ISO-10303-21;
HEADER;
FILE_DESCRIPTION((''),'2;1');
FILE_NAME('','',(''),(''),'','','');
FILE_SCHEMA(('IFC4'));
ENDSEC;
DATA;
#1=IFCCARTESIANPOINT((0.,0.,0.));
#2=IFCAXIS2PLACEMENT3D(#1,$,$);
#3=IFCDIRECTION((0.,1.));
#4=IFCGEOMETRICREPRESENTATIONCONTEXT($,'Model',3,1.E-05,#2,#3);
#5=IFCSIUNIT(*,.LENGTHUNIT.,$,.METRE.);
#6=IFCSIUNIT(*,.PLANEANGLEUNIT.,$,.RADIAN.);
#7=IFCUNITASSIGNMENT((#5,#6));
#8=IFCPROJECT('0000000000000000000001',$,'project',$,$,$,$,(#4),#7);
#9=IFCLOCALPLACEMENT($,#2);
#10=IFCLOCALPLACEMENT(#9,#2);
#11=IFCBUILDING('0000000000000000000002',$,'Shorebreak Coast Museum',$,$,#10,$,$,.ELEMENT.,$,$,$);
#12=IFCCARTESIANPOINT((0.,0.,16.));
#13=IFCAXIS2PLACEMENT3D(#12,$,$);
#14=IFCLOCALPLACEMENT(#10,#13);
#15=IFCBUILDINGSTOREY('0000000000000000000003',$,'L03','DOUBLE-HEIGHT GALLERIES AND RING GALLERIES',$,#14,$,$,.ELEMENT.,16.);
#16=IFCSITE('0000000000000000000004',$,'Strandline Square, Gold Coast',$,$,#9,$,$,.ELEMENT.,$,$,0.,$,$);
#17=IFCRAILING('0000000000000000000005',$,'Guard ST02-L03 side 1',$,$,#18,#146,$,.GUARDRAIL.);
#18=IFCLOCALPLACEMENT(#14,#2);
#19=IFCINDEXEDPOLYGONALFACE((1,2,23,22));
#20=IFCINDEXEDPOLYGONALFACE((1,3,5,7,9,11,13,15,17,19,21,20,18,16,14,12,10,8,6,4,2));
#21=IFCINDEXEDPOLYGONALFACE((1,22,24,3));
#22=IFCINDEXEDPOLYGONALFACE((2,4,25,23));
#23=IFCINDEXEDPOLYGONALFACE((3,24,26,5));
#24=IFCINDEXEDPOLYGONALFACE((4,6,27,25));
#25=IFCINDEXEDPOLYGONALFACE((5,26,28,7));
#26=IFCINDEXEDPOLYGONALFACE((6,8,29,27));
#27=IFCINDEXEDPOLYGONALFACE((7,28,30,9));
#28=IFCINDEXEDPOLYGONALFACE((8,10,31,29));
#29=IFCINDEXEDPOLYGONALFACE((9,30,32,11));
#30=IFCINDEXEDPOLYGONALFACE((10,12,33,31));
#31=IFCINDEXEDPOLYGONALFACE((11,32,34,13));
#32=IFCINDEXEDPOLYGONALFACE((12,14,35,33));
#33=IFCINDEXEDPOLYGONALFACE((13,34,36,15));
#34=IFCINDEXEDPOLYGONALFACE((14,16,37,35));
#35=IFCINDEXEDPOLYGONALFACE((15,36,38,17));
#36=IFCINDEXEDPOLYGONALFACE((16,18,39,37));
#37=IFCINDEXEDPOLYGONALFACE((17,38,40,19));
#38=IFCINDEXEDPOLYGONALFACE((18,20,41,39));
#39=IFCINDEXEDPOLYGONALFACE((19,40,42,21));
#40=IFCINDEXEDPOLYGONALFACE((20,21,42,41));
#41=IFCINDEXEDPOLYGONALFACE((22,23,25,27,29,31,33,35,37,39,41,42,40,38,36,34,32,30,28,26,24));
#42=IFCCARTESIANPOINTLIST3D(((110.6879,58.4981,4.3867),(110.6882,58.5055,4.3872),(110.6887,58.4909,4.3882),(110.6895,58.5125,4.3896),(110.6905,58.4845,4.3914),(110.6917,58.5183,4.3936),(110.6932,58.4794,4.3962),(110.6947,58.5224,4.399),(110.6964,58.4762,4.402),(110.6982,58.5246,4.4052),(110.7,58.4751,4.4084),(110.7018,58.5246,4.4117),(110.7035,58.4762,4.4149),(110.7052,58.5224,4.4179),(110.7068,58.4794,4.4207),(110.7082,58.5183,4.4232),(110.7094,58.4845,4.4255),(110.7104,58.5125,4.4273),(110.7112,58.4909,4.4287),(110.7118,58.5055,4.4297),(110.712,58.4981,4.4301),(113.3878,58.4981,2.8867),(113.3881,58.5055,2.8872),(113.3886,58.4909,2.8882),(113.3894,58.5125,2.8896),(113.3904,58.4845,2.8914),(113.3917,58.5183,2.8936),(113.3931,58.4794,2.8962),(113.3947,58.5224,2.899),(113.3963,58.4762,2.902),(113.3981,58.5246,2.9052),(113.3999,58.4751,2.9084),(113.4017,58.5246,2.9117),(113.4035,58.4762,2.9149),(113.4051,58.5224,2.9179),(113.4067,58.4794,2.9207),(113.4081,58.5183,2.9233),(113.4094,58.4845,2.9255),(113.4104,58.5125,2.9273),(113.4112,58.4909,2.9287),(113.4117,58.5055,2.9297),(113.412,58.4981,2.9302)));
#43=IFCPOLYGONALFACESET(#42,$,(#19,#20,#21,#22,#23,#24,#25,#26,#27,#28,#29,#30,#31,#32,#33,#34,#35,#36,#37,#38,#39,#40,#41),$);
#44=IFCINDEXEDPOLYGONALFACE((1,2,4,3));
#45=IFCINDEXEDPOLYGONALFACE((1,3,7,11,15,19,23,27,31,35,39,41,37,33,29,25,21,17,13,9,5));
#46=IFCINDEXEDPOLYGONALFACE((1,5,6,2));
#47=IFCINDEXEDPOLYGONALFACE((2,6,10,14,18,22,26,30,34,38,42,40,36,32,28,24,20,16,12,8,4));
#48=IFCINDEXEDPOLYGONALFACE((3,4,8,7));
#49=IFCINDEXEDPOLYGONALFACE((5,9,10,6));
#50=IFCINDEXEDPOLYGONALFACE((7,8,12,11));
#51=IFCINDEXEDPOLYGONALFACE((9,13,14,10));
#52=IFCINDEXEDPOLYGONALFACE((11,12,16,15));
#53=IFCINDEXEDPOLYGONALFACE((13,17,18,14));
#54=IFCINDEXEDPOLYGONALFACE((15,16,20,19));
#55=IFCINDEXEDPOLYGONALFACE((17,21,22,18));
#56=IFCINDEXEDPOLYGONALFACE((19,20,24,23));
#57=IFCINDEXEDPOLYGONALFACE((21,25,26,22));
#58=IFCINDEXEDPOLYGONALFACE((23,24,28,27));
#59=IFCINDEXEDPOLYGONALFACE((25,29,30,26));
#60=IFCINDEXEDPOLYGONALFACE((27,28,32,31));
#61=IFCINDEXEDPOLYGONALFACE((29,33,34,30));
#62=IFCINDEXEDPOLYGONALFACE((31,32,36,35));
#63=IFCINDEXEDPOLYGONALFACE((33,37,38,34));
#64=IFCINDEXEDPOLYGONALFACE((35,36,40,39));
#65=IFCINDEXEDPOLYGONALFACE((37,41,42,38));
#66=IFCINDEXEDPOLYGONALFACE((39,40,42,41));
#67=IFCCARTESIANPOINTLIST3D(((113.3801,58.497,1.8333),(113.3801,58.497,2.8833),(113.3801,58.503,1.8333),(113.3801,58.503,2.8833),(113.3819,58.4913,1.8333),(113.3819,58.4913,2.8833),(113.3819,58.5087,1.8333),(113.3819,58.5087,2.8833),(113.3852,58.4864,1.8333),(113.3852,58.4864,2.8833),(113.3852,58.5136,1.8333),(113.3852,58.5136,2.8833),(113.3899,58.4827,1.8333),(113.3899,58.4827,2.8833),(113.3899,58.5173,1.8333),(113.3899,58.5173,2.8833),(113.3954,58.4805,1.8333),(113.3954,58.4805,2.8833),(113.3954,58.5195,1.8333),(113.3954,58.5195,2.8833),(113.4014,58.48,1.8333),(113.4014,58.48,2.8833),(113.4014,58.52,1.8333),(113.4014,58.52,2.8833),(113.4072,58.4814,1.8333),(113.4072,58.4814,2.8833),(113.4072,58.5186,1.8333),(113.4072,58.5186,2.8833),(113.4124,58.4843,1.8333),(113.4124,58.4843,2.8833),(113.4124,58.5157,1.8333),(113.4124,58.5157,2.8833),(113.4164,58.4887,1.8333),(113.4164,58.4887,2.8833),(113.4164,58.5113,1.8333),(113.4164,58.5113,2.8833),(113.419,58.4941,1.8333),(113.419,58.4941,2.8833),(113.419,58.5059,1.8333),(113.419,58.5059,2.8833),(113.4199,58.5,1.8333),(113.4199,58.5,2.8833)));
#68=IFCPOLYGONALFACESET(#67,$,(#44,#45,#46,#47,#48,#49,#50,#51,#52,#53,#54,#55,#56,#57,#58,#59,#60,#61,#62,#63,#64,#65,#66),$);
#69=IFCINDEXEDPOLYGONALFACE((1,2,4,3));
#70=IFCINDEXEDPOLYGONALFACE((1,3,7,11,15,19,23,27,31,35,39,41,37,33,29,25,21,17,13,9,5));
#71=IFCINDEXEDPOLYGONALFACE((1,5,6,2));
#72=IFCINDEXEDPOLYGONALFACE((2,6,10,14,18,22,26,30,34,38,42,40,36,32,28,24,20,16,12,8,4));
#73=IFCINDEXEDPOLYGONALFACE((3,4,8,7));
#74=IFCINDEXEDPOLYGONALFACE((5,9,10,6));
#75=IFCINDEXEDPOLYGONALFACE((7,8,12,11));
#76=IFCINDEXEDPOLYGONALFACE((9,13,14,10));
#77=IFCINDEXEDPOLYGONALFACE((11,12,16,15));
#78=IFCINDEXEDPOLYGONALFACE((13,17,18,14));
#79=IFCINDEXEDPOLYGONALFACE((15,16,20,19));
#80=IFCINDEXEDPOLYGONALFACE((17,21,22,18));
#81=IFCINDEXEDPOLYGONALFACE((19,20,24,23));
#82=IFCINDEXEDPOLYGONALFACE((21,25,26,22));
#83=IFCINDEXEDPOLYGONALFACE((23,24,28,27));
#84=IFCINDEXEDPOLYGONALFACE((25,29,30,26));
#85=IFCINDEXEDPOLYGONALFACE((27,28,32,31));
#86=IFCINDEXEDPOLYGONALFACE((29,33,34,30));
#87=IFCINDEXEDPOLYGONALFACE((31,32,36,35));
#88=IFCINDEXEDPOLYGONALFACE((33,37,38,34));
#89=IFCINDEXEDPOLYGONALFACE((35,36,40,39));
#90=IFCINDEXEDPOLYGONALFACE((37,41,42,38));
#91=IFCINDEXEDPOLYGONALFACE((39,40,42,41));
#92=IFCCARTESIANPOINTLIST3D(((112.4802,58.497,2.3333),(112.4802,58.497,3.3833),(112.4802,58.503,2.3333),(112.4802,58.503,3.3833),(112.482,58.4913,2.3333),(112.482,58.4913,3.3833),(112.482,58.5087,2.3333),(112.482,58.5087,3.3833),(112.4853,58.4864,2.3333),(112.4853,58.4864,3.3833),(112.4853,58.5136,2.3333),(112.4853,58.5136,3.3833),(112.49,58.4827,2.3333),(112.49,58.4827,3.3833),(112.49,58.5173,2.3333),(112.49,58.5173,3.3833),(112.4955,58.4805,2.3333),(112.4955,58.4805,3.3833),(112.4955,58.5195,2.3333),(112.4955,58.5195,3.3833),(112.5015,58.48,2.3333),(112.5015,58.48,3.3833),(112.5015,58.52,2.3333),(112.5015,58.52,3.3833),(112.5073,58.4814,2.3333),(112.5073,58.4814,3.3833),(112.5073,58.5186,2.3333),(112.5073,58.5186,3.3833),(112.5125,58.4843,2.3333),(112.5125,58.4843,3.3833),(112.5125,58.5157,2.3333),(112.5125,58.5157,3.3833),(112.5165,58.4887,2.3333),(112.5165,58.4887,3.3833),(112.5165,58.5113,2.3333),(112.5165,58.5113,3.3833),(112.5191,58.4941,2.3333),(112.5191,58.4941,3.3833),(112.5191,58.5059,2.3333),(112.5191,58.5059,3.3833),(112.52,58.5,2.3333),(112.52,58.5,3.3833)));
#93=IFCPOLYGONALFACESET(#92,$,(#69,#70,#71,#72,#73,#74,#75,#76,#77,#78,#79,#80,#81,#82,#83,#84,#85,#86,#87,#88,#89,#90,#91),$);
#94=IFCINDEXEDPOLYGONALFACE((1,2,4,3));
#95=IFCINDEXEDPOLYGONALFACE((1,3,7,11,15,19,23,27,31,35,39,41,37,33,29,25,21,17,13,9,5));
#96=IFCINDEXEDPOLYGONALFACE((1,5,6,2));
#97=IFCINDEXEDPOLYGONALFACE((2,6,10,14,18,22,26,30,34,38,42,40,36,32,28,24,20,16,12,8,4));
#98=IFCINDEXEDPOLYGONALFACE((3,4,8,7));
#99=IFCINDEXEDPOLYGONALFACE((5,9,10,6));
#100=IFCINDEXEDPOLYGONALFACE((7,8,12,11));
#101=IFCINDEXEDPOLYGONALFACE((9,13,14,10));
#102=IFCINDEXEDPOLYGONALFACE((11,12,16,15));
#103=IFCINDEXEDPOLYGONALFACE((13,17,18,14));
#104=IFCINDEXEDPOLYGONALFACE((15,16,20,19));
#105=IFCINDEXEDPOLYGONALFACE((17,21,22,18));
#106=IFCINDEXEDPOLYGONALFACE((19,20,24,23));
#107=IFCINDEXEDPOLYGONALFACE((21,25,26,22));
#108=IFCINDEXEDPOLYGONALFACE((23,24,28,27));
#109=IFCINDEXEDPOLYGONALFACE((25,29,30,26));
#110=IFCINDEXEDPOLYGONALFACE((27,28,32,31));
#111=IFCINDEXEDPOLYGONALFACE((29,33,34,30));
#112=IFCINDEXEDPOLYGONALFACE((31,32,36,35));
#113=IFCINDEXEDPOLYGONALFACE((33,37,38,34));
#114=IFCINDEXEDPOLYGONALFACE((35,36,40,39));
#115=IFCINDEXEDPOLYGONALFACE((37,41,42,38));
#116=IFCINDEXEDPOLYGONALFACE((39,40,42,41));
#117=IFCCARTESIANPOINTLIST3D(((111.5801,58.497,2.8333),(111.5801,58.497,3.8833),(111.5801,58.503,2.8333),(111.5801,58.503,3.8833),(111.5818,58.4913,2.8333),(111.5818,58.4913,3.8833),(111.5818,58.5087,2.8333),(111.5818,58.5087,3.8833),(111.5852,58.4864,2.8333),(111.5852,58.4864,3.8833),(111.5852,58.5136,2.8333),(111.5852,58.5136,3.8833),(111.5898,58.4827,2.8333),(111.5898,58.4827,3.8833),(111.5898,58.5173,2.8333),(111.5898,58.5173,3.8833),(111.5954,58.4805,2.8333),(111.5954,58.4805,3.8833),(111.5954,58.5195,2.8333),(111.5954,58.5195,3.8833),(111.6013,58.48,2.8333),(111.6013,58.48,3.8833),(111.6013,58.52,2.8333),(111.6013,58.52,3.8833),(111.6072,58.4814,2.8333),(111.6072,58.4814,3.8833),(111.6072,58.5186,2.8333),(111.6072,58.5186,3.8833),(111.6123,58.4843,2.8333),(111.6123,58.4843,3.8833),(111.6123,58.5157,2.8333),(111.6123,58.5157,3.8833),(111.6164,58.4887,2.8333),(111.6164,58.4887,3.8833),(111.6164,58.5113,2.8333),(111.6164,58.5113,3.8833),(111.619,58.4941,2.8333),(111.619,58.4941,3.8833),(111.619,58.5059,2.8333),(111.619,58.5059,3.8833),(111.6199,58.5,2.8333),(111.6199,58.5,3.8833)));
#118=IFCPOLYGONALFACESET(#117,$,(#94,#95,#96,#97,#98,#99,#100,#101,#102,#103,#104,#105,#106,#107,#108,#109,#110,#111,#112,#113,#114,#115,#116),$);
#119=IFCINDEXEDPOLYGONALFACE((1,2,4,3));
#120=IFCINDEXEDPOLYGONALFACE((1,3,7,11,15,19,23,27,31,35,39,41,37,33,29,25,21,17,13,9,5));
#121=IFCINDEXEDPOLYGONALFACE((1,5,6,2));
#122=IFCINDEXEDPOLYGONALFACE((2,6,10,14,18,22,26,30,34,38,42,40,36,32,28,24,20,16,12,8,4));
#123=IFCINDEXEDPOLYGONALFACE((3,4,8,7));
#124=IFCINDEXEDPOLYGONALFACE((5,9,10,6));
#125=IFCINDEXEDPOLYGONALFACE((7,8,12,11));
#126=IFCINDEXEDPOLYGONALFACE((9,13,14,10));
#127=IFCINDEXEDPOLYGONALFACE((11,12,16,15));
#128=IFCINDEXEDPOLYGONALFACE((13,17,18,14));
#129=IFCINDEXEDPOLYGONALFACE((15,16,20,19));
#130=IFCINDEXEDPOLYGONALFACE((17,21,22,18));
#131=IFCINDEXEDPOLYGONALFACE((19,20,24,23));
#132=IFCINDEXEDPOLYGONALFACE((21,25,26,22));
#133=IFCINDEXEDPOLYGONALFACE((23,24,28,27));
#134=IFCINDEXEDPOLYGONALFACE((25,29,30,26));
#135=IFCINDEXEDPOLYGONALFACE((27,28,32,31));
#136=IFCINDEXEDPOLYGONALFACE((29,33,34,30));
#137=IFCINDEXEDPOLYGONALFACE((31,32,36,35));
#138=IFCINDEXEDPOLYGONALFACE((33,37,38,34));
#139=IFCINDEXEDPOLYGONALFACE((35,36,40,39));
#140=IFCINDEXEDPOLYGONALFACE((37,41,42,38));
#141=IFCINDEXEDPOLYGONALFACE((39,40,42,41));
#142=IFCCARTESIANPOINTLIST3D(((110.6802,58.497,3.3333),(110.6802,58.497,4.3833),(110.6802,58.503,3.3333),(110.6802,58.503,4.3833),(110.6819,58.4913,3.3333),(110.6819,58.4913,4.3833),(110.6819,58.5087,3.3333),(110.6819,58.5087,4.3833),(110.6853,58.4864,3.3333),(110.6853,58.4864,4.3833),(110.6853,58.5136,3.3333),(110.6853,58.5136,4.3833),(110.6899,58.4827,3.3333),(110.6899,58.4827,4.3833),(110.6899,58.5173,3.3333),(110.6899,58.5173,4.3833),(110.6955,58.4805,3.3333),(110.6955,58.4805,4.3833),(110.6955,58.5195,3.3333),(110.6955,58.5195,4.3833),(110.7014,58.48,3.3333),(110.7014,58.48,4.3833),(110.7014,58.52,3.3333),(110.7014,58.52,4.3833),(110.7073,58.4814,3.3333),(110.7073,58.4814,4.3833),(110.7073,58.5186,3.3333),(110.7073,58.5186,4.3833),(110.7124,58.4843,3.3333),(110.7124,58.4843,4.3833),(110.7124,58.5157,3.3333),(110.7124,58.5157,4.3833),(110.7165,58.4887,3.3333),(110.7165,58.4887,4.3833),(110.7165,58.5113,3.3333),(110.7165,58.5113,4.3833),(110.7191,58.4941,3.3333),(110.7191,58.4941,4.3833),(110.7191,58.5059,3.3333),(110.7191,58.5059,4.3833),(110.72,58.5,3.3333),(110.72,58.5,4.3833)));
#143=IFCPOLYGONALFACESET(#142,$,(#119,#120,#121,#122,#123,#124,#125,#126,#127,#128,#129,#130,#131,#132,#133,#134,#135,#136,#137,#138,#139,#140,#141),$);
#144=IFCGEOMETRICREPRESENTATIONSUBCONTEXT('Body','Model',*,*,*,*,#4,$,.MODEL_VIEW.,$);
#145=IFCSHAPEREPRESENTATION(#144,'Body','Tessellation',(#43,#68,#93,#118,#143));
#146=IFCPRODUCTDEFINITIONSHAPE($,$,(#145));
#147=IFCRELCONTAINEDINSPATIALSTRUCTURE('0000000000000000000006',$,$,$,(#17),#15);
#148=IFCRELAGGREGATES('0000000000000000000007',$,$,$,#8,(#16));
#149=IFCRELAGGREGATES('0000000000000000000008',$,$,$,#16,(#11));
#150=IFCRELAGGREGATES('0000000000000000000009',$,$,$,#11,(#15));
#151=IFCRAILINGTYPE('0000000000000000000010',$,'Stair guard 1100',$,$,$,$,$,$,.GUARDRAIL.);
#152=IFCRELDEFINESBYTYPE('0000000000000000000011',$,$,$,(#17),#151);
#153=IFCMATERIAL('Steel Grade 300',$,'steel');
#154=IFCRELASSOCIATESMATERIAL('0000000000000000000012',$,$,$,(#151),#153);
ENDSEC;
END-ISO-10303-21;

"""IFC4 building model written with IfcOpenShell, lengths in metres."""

from ifc_helpers import new_model, si_unit, direction, frame, origin, origin_2d, place, context, subcontext, project, spatial, circle, extrude, material, type_object, element, save


model = new_model("IFC4")

# Units and contexts
model_context = context("Model", 3, precision=1e-05, world=origin(), true_north=direction((0.0, 1.0)))
body_context = subcontext(model_context, "Body", "Model", "MODEL_VIEW")
ifc_project = project(units=[si_unit("LENGTHUNIT", "METRE"), si_unit("PLANEANGLEUNIT", "RADIAN")], contexts=[model_context])

# Site, building, storey
site_placement = place(None, origin())
site = spatial("IfcSite", under=ifc_project, at=site_placement, Name="Strandline Square, Gold Coast", CompositionType="ELEMENT", RefElevation=0.0)
building_placement = place(site_placement, origin())
building = spatial("IfcBuilding", under=site, at=building_placement, Name="Shorebreak Coast Museum", CompositionType="ELEMENT")
storey_placement = place(building_placement, frame((0.0, 0.0, 16.0)))
storey = spatial("IfcBuildingStorey", under=building, at=storey_placement, Name="L03", Description="DOUBLE-HEIGHT GALLERIES AND RING GALLERIES", CompositionType="ELEMENT", Elevation=16.0)

# Railing
ifc_material_1 = material(Name="Steel Grade 300", Category="steel")
railing_type_1 = type_object("IfcRailingType", Name="Stair guard 1100", PredefinedType="GUARDRAIL", material=ifc_material_1)
for number, where, name in (
    (1, (113.3999, 58.5, 1.8333), "Guard ST02-L03 side 1"),
):
    element("IfcRailing", number, at=place(storey_placement, frame(where)), inside=storey, type_object=railing_type_1, Name=name, PredefinedType="GUARDRAIL", context=body_context, shape_type="SweptSolid", body=[
        extrude(circle(Radius=0.0249, at=origin_2d()), frame((0.0, 0.0, 1.0752), z_axis=(-0.874154, 0.0, 0.48565), x_axis=(0.0, -1.0, 0.0)), (0.0, 0.0, 1.0), 3.0886),
        extrude(circle(Radius=0.02, at=origin_2d()), origin(), (0.0, 0.0, 1.0), 1.05),
        extrude(circle(Radius=0.02, at=origin_2d()), frame((-0.8999, 0.0, 0.5)), (0.0, 0.0, 1.0), 1.05),
        extrude(circle(Radius=0.02, at=origin_2d()), frame((-1.8, 0.0, 1.0)), (0.0, 0.0, 1.0), 1.05),
        extrude(circle(Radius=0.02, at=origin_2d()), frame((-2.7, 0.0, 1.5)), (0.0, 0.0, 1.0), 1.05),
    ])

save(model, "model.ifc")
